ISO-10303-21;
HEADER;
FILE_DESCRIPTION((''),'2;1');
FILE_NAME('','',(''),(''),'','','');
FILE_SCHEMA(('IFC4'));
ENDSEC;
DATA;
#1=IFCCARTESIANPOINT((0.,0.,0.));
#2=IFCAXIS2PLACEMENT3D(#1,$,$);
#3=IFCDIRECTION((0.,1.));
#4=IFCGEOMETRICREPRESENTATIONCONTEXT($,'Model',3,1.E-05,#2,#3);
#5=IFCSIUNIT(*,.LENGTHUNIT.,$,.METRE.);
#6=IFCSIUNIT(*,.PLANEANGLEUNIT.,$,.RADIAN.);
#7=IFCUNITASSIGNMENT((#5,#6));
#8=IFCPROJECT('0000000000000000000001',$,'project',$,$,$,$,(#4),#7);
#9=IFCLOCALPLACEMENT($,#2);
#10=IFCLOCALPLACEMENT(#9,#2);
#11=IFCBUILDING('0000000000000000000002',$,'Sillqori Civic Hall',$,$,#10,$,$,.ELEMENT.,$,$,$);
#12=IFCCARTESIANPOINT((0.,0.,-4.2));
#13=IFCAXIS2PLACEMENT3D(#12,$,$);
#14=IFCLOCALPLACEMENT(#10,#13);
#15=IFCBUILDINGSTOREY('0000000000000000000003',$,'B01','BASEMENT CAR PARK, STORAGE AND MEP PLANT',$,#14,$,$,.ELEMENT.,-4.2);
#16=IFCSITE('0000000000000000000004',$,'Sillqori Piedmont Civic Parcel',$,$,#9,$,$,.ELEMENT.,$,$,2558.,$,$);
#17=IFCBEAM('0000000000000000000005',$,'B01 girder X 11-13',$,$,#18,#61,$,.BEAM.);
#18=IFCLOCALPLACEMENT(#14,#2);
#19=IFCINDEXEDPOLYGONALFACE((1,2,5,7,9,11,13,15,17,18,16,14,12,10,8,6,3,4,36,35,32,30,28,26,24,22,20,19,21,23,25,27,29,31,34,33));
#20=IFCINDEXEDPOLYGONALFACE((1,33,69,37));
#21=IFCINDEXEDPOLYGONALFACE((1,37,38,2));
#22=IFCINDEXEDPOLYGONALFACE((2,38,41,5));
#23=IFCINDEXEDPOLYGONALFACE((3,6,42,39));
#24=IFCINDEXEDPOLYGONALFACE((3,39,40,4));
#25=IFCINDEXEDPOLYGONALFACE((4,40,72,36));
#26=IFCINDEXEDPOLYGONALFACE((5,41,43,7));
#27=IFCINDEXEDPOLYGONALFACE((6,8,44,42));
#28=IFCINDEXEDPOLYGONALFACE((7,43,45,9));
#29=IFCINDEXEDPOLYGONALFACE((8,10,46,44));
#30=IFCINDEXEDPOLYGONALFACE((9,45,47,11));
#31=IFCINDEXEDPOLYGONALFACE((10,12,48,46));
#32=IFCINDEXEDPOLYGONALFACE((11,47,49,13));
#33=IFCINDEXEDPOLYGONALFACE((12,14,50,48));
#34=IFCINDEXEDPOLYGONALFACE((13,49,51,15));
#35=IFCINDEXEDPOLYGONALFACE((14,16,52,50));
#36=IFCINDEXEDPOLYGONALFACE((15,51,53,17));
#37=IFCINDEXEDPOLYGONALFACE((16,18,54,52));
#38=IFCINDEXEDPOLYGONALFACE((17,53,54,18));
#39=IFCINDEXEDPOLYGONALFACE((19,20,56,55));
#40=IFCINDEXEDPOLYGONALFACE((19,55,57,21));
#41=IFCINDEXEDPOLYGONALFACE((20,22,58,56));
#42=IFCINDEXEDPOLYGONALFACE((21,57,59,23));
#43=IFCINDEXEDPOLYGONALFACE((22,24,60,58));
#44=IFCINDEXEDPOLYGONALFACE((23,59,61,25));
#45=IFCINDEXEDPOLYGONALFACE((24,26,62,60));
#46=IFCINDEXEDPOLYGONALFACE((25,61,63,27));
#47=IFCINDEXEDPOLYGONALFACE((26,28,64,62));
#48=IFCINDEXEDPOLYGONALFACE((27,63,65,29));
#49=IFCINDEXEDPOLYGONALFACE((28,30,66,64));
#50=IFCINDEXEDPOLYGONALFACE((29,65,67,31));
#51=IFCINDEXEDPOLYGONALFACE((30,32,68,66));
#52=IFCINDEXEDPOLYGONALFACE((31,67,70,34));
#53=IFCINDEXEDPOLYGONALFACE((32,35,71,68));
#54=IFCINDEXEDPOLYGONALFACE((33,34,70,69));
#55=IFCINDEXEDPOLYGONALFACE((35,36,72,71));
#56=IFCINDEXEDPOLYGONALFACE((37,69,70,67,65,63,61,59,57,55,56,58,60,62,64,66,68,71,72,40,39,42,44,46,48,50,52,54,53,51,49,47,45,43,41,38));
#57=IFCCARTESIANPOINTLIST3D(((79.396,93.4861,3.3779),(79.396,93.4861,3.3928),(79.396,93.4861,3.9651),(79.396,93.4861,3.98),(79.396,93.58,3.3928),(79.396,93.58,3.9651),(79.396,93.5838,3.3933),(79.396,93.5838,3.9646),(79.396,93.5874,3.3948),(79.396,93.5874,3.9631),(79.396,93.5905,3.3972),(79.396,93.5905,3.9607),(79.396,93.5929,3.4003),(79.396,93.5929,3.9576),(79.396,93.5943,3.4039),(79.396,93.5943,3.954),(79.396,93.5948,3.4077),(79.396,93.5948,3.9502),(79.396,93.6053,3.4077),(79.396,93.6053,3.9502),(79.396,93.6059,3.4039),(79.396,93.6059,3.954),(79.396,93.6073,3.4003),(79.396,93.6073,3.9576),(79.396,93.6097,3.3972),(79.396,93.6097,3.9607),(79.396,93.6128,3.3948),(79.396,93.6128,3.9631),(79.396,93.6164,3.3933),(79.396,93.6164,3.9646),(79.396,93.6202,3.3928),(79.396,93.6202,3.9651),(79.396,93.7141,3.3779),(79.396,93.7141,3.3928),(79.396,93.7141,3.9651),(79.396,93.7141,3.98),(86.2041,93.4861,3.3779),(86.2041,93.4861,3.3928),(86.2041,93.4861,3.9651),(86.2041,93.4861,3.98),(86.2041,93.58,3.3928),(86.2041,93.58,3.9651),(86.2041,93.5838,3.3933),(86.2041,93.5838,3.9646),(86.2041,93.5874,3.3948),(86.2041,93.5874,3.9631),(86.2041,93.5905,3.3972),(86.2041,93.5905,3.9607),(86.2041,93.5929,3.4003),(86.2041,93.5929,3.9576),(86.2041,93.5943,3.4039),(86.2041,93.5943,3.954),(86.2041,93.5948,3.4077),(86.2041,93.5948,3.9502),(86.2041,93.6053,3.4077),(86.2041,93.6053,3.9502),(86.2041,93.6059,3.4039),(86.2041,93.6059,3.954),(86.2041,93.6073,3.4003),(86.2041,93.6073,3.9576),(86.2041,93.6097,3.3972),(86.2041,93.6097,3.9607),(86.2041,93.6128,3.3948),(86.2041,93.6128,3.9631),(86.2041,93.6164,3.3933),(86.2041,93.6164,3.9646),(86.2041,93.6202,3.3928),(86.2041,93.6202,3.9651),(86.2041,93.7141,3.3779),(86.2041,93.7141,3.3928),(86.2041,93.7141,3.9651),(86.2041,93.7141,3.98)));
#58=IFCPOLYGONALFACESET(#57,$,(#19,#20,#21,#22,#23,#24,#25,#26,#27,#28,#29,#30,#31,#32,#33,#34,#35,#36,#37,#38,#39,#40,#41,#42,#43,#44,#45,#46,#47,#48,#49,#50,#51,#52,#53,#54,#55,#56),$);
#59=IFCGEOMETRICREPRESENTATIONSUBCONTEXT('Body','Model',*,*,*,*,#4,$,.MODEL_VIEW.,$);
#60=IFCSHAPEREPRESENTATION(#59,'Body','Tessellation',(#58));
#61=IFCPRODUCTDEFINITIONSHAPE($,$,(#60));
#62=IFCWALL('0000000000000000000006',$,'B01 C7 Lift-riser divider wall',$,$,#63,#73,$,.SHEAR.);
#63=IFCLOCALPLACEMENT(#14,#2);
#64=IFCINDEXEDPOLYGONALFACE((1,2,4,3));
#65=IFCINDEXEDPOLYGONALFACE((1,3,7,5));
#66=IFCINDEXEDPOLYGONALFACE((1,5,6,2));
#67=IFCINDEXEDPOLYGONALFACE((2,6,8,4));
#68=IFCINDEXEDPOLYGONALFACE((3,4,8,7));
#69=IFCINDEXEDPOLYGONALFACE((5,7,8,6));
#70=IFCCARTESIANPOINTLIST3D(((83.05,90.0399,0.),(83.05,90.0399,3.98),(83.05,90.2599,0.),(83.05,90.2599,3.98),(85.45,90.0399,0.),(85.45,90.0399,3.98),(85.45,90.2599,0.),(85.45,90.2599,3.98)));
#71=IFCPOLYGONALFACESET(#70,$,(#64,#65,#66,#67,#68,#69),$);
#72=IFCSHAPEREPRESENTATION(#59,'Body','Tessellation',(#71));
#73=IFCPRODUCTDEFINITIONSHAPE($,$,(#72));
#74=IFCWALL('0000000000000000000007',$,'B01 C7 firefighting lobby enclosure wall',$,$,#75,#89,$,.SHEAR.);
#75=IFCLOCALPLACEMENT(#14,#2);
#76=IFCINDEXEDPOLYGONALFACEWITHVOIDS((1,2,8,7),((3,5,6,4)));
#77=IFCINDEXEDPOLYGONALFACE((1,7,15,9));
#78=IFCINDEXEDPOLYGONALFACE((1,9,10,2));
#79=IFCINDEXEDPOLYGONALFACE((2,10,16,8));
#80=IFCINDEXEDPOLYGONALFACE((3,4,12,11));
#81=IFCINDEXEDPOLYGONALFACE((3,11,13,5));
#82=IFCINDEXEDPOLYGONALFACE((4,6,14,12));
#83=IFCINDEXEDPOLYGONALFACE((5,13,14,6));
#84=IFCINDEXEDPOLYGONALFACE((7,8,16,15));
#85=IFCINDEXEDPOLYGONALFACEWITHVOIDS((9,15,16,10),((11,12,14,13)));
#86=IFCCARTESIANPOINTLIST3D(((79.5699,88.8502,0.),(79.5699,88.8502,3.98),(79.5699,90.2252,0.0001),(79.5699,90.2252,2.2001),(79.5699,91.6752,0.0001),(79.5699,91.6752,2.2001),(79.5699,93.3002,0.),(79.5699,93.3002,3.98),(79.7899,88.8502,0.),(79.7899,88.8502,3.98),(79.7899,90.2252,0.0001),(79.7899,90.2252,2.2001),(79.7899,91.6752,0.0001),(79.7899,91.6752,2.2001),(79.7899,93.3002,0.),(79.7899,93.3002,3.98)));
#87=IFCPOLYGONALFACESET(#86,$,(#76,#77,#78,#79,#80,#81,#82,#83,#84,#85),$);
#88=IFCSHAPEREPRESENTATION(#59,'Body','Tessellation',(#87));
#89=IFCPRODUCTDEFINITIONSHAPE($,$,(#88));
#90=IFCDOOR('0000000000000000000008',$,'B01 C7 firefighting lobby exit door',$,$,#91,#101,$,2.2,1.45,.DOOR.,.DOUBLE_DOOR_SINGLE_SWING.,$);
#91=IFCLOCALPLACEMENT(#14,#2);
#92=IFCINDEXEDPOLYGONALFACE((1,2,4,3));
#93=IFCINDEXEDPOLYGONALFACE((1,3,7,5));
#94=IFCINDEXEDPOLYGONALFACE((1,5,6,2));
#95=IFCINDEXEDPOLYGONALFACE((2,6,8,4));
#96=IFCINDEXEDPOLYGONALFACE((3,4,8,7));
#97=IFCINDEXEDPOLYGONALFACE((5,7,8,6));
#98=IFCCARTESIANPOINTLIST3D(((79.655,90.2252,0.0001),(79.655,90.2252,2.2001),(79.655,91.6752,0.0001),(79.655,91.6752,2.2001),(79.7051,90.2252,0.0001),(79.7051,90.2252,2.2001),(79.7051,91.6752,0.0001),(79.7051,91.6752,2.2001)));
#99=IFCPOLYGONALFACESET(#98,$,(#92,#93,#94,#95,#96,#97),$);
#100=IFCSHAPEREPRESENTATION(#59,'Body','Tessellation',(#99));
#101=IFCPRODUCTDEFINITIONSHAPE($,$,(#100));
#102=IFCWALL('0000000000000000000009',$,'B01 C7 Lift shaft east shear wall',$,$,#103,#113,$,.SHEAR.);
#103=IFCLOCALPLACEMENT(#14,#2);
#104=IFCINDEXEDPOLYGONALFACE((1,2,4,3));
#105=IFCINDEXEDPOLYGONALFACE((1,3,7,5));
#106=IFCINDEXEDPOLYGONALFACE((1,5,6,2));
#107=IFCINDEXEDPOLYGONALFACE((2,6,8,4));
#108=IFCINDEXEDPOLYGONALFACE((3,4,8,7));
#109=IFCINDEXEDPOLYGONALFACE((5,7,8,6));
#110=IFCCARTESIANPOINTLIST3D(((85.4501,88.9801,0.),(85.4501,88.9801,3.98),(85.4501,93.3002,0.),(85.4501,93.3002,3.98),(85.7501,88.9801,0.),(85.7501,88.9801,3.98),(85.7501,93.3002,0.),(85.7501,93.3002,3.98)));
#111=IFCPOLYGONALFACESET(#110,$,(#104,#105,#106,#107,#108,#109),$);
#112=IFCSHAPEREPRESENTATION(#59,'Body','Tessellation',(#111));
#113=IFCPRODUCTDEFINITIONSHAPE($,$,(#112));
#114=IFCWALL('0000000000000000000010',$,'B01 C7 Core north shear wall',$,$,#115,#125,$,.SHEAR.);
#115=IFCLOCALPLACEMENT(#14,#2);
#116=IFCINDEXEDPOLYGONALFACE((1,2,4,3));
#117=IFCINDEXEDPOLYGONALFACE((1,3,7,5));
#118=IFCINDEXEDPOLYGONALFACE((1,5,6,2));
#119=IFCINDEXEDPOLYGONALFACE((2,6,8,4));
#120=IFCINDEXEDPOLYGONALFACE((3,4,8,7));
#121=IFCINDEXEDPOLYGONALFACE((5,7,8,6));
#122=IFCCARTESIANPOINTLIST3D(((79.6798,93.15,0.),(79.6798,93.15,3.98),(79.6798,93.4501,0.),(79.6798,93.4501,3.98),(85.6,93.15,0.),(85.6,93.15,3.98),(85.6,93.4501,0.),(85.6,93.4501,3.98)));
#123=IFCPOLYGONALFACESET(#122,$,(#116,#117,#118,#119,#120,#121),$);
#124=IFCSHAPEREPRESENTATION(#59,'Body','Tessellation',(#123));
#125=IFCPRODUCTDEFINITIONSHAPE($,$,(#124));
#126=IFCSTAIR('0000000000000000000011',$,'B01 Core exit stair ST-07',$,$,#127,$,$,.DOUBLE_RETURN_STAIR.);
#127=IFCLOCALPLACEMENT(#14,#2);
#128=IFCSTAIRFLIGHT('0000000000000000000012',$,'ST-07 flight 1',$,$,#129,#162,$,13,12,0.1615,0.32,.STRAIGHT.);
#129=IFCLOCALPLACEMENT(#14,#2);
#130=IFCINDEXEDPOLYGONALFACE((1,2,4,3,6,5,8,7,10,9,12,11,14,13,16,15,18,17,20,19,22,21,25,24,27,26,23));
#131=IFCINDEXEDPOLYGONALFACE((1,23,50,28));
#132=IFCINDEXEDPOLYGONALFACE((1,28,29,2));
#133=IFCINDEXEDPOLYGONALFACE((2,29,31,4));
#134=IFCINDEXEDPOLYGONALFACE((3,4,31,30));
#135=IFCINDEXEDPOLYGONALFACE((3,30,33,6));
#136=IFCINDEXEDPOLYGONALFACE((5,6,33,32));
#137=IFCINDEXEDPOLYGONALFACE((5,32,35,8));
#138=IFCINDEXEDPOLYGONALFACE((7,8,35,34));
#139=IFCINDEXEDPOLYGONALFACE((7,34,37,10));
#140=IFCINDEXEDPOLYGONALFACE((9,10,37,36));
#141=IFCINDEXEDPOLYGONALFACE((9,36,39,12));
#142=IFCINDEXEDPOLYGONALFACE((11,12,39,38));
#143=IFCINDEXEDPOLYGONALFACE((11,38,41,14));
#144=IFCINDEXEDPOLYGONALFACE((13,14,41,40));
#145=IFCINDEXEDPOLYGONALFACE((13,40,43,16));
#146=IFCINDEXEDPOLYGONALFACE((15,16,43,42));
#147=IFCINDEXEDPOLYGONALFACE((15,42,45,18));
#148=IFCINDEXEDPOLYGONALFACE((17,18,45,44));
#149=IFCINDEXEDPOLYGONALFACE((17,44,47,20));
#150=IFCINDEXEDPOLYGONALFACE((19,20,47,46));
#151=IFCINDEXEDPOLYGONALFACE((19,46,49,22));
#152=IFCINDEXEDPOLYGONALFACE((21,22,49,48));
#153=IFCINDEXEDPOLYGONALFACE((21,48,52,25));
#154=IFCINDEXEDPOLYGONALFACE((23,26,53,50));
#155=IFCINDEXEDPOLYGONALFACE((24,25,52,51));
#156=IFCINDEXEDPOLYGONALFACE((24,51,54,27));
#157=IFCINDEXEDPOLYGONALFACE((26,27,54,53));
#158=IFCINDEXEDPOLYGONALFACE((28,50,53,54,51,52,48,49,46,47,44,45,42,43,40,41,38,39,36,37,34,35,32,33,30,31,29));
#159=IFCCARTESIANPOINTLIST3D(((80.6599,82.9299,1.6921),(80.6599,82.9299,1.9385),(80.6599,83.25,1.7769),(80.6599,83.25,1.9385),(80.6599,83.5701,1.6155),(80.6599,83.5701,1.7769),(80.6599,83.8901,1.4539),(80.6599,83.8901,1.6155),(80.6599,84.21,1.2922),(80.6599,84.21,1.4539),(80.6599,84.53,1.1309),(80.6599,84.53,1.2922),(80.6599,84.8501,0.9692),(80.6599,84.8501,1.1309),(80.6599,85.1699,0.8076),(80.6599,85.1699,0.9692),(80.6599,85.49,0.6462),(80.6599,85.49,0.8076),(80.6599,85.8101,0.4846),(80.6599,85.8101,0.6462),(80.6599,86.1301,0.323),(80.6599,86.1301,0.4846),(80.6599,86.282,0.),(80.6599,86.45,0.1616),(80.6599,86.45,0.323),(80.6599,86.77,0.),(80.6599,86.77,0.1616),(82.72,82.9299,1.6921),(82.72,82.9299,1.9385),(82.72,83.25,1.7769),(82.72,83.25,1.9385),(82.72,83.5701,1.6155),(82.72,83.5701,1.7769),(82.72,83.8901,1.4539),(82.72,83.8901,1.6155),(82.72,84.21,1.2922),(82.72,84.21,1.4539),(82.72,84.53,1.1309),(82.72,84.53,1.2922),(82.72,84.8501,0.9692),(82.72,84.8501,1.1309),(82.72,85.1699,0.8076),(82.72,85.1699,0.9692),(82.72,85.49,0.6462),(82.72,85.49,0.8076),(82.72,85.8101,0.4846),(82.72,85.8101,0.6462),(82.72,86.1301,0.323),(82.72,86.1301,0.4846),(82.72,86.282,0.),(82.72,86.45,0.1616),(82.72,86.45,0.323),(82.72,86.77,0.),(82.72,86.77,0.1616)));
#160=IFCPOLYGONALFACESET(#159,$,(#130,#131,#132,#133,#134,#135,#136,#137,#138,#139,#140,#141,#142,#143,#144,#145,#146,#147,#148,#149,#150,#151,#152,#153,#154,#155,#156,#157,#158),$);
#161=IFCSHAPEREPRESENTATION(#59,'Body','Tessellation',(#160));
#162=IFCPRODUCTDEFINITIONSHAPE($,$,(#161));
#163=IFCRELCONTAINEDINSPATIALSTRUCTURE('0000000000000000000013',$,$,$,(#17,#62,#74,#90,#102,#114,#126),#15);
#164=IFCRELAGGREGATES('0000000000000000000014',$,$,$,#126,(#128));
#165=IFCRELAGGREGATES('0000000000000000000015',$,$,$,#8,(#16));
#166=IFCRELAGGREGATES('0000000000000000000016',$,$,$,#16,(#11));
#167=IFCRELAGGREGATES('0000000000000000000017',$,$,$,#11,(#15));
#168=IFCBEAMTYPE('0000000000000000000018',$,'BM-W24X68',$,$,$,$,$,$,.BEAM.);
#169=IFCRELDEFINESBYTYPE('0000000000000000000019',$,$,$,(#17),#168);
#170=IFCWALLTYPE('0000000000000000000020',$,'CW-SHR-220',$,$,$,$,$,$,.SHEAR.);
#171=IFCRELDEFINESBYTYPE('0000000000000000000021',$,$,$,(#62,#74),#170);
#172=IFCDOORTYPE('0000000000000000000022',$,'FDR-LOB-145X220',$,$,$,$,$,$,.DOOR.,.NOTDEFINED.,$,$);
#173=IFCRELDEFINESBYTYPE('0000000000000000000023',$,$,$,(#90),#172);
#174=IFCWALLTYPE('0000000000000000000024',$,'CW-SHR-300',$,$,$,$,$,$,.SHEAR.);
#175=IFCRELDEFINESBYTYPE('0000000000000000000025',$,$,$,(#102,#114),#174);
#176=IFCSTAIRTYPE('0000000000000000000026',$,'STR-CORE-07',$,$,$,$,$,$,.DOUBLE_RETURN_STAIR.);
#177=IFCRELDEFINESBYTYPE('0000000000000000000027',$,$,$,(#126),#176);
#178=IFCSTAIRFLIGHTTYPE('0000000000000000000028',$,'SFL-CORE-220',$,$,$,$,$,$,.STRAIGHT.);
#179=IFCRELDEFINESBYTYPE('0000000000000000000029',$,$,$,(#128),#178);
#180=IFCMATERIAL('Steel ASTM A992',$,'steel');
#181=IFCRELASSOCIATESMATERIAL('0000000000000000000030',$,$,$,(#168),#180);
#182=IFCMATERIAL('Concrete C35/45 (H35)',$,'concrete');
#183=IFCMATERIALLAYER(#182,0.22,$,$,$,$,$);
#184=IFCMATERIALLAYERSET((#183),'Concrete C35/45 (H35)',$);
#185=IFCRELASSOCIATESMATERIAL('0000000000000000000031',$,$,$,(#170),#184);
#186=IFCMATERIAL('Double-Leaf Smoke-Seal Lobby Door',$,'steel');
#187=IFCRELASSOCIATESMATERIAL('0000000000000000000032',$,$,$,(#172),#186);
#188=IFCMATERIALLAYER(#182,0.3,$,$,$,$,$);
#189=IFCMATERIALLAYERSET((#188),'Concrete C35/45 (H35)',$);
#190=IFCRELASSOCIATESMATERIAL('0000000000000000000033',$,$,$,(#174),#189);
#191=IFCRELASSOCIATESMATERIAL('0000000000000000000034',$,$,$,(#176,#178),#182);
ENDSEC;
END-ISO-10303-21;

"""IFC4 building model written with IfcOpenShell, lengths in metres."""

from ifc_helpers import new_model, si_unit, direction, frame, frame_2d, origin, origin_2d, place, context, subcontext, project, spatial, polyline, rectangle, i_section, outline, extrude, material, layer, layer_set, material_profile, profile_set, type_object, element, fill, aggregate, save


model = new_model("IFC4")

# Units and contexts
model_context = context("Model", 3, precision=1e-05, world=origin(), true_north=direction((0.0, 1.0)))
body_context = subcontext(model_context, "Body", "Model", "MODEL_VIEW")
ifc_project = project(units=[si_unit("LENGTHUNIT", "METRE"), si_unit("PLANEANGLEUNIT", "RADIAN")], contexts=[model_context])

# Site, building, storey
site_placement = place(None, origin())
site = spatial("IfcSite", under=ifc_project, at=site_placement, Name="Sillqori Piedmont Civic Parcel", CompositionType="ELEMENT", RefElevation=2558.0)
building_placement = place(site_placement, origin())
building = spatial("IfcBuilding", under=site, at=building_placement, Name="Sillqori Civic Hall", CompositionType="ELEMENT")
storey_placement = place(building_placement, frame((0.0, 0.0, -4.2)))
storey = spatial("IfcBuildingStorey", under=building, at=storey_placement, Name="B01", Description="BASEMENT CAR PARK, STORAGE AND MEP PLANT", CompositionType="ELEMENT", Elevation=-4.2)

# Shared definitions
ifc_material_1 = material(Name="Concrete C35/45 (H35)", Category="concrete")

# Shared definitions
ifc_material_2 = material(Name="Steel ASTM A992", Category="steel")

# Beam
ifc_material_profile_1 = material_profile(ifc_material_2, i_section(OverallWidth=0.228, OverallDepth=0.6021, WebThickness=0.0105, FlangeThickness=0.0149, FilletRadius=0.0149, at=origin_2d()), Name="W24X68")
ifc_profile_set_1 = profile_set([ifc_material_profile_1], Name="Steel ASTM A992")
beam_type_1 = type_object("IfcBeamType", Name="BM-W24X68", PredefinedType="BEAM", material=ifc_profile_set_1)
beam_1_placement = place(storey_placement, frame((79.396, 93.6001, 3.679), z_axis=(1.0, 0.0, 0.0), x_axis=(0.0, 1.0, 0.0)))
element("IfcBeam", 1, at=beam_1_placement, inside=storey, type_object=beam_type_1, Name="B01 girder X 11-13", PredefinedType="BEAM", context=body_context, shape_type="SweptSolid", body=[
    extrude(i_section(OverallWidth=0.228, OverallDepth=0.6021, WebThickness=0.0105, FlangeThickness=0.0149, FilletRadius=0.0149, at=origin_2d()), origin(), (0.0, 0.0, 1.0), 6.8081),
])

# Wall
ifc_layer_1 = layer(ifc_material_1, 0.22)
ifc_layer_set_1 = layer_set([ifc_layer_1], Name="Concrete C35/45 (H35)")
wall_type_1 = type_object("IfcWallType", Name="CW-SHR-220", PredefinedType="SHEAR", material=ifc_layer_set_1)
wall_1_placement = place(storey_placement, frame((83.05, 90.1499, 0.0), z_axis=(0.0, 0.0, 1.0), x_axis=(1.0, 0.0, 0.0)))
element("IfcWall", 2, at=wall_1_placement, inside=storey, type_object=wall_type_1, Name="B01 C7 Lift-riser divider wall", PredefinedType="SHEAR", context=body_context, shape_type="SweptSolid", body=[
    extrude(rectangle(XDim=2.3999, YDim=0.22, at=frame_2d((1.2, 0.0))), origin(), (0.0, 0.0, 1.0), 3.98),
])

# Wall, opening, door
wall_2_placement = place(storey_placement, frame((79.6799, 88.8501, 0.0), z_axis=(0.0, 0.0, 1.0), x_axis=(0.0, 1.0, 0.0)))
wall_2 = element("IfcWall", 3, at=wall_2_placement, inside=storey, type_object=wall_type_1, Name="B01 C7 firefighting lobby enclosure wall", PredefinedType="SHEAR", context=body_context, shape_type="SweptSolid", body=[
    extrude(rectangle(XDim=4.45, YDim=0.22, at=frame_2d((2.2251, 0.0))), origin(), (0.0, 0.0, 1.0), 3.98),
])
opening_1_placement = place(wall_2_placement, frame((1.375, 0.0, 0.0)))
opening_1 = element("IfcOpeningElement", 4, at=opening_1_placement, cuts=wall_2, PredefinedType="OPENING", context=body_context, shape_type="SweptSolid", body=[
    extrude(rectangle(XDim=1.45, YDim=2.2, at=frame_2d((0.7251, 1.1001))), frame((0.0, 0.1199, 0.0), z_axis=(0.0, -1.0, 0.0), x_axis=(1.0, 0.0, 0.0)), (0.0, 0.0, 1.0), 0.24),
])
ifc_material_3 = material(Name="Double-Leaf Smoke-Seal Lobby Door", Category="steel")
door_type_1 = type_object("IfcDoorType", Name="FDR-LOB-145X220", OperationType="NOTDEFINED", PredefinedType="DOOR", material=ifc_material_3)
door_1_placement = place(opening_1_placement, origin())
door_1 = element("IfcDoor", 5, at=door_1_placement, inside=storey, type_object=door_type_1, Name="B01 C7 firefighting lobby exit door", OperationType="DOUBLE_DOOR_SINGLE_SWING", OverallHeight=2.2, OverallWidth=1.45, PredefinedType="DOOR", context=body_context, shape_type="SweptSolid", body=[
    extrude(rectangle(XDim=1.45, YDim=2.2, at=frame_2d((0.7251, 1.1001))), frame((0.0, 0.0249, 0.0), z_axis=(0.0, -1.0, 0.0), x_axis=(1.0, 0.0, 0.0)), (0.0, 0.0, 1.0), 0.05),
])
fill(opening_1, door_1)

# Walls
ifc_layer_2 = layer(ifc_material_1, 0.3)
ifc_layer_set_2 = layer_set([ifc_layer_2], Name="Concrete C35/45 (H35)")
wall_type_2 = type_object("IfcWallType", Name="CW-SHR-300", PredefinedType="SHEAR", material=ifc_layer_set_2)
wall_3_placement = place(storey_placement, frame((85.6001, 88.98, 0.0), z_axis=(0.0, 0.0, 1.0), x_axis=(0.0, 1.0, 0.0)))
element("IfcWall", 6, at=wall_3_placement, inside=storey, type_object=wall_type_2, Name="B01 C7 Lift shaft east shear wall", PredefinedType="SHEAR", context=body_context, shape_type="SweptSolid", body=[
    extrude(rectangle(XDim=4.3201, YDim=0.3, at=frame_2d((2.1602, 0.0))), origin(), (0.0, 0.0, 1.0), 3.98),
])
wall_4_placement = place(storey_placement, frame((79.6799, 93.3, 0.0), z_axis=(0.0, 0.0, 1.0), x_axis=(1.0, 0.0, 0.0)))
element("IfcWall", 7, at=wall_4_placement, inside=storey, type_object=wall_type_2, Name="B01 C7 Core north shear wall", PredefinedType="SHEAR", context=body_context, shape_type="SweptSolid", body=[
    extrude(rectangle(XDim=5.9202, YDim=0.3, at=frame_2d((2.96, 0.0))), origin(), (0.0, 0.0, 1.0), 3.98),
])

# Stair, stair flight
stair_type = type_object("IfcStairType", Name="STR-CORE-07", PredefinedType="DOUBLE_RETURN_STAIR", material=ifc_material_1)
stair_placement = place(storey_placement, origin())
stair = element("IfcStair", 8, at=stair_placement, inside=storey, type_object=stair_type, Name="B01 Core exit stair ST-07", PredefinedType="DOUBLE_RETURN_STAIR")
stair_flight_type = type_object("IfcStairFlightType", Name="SFL-CORE-220", PredefinedType="STRAIGHT", material=ifc_material_1)
stair_flight_placement = place(storey_placement, frame((81.6899, 86.77, 0.0), z_axis=(0.0, 0.0, 1.0), x_axis=(0.0, -1.0, 0.0)))
stair_flight = element("IfcStairFlight", 9, at=stair_flight_placement, type_object=stair_flight_type, Name="ST-07 flight 1", NumberOfRisers=13, NumberOfTreads=12, PredefinedType="STRAIGHT", RiserHeight=0.1615, TreadLength=0.32, context=body_context, shape_type="SweptSolid", body=[
    extrude(outline(polyline([(0.0, 0.0), (0.0, 0.1616), (0.3201, 0.1616), (0.3201, 0.323), (0.6399, 0.323), (0.6399, 0.4846), (0.96, 0.4846), (0.96, 0.6462), (1.28, 0.6462), (1.28, 0.8076), (1.6001, 0.8076), (1.6001, 0.9692), (1.9199, 0.9692), (1.9199, 1.1309), (2.24, 1.1309), (2.24, 1.2922), (2.5601, 1.2922), (2.5601, 1.4539), (2.8799, 1.4539), (2.8799, 1.6155), (3.2, 1.6155), (3.2, 1.7769), (3.52, 1.7769), (3.52, 1.9385), (3.8401, 1.9385), (3.8401, 2.1001), (3.8401, 1.6921), (0.488, 0.0), (0.0, 0.0)])), frame((0.0, 1.03, 0.0), z_axis=(0.0, -1.0, 0.0), x_axis=(1.0, 0.0, 0.0)), (0.0, 0.0, 1.0), 2.0601),
])
aggregate(stair, [stair_flight])

save(model, "model.ifc")
